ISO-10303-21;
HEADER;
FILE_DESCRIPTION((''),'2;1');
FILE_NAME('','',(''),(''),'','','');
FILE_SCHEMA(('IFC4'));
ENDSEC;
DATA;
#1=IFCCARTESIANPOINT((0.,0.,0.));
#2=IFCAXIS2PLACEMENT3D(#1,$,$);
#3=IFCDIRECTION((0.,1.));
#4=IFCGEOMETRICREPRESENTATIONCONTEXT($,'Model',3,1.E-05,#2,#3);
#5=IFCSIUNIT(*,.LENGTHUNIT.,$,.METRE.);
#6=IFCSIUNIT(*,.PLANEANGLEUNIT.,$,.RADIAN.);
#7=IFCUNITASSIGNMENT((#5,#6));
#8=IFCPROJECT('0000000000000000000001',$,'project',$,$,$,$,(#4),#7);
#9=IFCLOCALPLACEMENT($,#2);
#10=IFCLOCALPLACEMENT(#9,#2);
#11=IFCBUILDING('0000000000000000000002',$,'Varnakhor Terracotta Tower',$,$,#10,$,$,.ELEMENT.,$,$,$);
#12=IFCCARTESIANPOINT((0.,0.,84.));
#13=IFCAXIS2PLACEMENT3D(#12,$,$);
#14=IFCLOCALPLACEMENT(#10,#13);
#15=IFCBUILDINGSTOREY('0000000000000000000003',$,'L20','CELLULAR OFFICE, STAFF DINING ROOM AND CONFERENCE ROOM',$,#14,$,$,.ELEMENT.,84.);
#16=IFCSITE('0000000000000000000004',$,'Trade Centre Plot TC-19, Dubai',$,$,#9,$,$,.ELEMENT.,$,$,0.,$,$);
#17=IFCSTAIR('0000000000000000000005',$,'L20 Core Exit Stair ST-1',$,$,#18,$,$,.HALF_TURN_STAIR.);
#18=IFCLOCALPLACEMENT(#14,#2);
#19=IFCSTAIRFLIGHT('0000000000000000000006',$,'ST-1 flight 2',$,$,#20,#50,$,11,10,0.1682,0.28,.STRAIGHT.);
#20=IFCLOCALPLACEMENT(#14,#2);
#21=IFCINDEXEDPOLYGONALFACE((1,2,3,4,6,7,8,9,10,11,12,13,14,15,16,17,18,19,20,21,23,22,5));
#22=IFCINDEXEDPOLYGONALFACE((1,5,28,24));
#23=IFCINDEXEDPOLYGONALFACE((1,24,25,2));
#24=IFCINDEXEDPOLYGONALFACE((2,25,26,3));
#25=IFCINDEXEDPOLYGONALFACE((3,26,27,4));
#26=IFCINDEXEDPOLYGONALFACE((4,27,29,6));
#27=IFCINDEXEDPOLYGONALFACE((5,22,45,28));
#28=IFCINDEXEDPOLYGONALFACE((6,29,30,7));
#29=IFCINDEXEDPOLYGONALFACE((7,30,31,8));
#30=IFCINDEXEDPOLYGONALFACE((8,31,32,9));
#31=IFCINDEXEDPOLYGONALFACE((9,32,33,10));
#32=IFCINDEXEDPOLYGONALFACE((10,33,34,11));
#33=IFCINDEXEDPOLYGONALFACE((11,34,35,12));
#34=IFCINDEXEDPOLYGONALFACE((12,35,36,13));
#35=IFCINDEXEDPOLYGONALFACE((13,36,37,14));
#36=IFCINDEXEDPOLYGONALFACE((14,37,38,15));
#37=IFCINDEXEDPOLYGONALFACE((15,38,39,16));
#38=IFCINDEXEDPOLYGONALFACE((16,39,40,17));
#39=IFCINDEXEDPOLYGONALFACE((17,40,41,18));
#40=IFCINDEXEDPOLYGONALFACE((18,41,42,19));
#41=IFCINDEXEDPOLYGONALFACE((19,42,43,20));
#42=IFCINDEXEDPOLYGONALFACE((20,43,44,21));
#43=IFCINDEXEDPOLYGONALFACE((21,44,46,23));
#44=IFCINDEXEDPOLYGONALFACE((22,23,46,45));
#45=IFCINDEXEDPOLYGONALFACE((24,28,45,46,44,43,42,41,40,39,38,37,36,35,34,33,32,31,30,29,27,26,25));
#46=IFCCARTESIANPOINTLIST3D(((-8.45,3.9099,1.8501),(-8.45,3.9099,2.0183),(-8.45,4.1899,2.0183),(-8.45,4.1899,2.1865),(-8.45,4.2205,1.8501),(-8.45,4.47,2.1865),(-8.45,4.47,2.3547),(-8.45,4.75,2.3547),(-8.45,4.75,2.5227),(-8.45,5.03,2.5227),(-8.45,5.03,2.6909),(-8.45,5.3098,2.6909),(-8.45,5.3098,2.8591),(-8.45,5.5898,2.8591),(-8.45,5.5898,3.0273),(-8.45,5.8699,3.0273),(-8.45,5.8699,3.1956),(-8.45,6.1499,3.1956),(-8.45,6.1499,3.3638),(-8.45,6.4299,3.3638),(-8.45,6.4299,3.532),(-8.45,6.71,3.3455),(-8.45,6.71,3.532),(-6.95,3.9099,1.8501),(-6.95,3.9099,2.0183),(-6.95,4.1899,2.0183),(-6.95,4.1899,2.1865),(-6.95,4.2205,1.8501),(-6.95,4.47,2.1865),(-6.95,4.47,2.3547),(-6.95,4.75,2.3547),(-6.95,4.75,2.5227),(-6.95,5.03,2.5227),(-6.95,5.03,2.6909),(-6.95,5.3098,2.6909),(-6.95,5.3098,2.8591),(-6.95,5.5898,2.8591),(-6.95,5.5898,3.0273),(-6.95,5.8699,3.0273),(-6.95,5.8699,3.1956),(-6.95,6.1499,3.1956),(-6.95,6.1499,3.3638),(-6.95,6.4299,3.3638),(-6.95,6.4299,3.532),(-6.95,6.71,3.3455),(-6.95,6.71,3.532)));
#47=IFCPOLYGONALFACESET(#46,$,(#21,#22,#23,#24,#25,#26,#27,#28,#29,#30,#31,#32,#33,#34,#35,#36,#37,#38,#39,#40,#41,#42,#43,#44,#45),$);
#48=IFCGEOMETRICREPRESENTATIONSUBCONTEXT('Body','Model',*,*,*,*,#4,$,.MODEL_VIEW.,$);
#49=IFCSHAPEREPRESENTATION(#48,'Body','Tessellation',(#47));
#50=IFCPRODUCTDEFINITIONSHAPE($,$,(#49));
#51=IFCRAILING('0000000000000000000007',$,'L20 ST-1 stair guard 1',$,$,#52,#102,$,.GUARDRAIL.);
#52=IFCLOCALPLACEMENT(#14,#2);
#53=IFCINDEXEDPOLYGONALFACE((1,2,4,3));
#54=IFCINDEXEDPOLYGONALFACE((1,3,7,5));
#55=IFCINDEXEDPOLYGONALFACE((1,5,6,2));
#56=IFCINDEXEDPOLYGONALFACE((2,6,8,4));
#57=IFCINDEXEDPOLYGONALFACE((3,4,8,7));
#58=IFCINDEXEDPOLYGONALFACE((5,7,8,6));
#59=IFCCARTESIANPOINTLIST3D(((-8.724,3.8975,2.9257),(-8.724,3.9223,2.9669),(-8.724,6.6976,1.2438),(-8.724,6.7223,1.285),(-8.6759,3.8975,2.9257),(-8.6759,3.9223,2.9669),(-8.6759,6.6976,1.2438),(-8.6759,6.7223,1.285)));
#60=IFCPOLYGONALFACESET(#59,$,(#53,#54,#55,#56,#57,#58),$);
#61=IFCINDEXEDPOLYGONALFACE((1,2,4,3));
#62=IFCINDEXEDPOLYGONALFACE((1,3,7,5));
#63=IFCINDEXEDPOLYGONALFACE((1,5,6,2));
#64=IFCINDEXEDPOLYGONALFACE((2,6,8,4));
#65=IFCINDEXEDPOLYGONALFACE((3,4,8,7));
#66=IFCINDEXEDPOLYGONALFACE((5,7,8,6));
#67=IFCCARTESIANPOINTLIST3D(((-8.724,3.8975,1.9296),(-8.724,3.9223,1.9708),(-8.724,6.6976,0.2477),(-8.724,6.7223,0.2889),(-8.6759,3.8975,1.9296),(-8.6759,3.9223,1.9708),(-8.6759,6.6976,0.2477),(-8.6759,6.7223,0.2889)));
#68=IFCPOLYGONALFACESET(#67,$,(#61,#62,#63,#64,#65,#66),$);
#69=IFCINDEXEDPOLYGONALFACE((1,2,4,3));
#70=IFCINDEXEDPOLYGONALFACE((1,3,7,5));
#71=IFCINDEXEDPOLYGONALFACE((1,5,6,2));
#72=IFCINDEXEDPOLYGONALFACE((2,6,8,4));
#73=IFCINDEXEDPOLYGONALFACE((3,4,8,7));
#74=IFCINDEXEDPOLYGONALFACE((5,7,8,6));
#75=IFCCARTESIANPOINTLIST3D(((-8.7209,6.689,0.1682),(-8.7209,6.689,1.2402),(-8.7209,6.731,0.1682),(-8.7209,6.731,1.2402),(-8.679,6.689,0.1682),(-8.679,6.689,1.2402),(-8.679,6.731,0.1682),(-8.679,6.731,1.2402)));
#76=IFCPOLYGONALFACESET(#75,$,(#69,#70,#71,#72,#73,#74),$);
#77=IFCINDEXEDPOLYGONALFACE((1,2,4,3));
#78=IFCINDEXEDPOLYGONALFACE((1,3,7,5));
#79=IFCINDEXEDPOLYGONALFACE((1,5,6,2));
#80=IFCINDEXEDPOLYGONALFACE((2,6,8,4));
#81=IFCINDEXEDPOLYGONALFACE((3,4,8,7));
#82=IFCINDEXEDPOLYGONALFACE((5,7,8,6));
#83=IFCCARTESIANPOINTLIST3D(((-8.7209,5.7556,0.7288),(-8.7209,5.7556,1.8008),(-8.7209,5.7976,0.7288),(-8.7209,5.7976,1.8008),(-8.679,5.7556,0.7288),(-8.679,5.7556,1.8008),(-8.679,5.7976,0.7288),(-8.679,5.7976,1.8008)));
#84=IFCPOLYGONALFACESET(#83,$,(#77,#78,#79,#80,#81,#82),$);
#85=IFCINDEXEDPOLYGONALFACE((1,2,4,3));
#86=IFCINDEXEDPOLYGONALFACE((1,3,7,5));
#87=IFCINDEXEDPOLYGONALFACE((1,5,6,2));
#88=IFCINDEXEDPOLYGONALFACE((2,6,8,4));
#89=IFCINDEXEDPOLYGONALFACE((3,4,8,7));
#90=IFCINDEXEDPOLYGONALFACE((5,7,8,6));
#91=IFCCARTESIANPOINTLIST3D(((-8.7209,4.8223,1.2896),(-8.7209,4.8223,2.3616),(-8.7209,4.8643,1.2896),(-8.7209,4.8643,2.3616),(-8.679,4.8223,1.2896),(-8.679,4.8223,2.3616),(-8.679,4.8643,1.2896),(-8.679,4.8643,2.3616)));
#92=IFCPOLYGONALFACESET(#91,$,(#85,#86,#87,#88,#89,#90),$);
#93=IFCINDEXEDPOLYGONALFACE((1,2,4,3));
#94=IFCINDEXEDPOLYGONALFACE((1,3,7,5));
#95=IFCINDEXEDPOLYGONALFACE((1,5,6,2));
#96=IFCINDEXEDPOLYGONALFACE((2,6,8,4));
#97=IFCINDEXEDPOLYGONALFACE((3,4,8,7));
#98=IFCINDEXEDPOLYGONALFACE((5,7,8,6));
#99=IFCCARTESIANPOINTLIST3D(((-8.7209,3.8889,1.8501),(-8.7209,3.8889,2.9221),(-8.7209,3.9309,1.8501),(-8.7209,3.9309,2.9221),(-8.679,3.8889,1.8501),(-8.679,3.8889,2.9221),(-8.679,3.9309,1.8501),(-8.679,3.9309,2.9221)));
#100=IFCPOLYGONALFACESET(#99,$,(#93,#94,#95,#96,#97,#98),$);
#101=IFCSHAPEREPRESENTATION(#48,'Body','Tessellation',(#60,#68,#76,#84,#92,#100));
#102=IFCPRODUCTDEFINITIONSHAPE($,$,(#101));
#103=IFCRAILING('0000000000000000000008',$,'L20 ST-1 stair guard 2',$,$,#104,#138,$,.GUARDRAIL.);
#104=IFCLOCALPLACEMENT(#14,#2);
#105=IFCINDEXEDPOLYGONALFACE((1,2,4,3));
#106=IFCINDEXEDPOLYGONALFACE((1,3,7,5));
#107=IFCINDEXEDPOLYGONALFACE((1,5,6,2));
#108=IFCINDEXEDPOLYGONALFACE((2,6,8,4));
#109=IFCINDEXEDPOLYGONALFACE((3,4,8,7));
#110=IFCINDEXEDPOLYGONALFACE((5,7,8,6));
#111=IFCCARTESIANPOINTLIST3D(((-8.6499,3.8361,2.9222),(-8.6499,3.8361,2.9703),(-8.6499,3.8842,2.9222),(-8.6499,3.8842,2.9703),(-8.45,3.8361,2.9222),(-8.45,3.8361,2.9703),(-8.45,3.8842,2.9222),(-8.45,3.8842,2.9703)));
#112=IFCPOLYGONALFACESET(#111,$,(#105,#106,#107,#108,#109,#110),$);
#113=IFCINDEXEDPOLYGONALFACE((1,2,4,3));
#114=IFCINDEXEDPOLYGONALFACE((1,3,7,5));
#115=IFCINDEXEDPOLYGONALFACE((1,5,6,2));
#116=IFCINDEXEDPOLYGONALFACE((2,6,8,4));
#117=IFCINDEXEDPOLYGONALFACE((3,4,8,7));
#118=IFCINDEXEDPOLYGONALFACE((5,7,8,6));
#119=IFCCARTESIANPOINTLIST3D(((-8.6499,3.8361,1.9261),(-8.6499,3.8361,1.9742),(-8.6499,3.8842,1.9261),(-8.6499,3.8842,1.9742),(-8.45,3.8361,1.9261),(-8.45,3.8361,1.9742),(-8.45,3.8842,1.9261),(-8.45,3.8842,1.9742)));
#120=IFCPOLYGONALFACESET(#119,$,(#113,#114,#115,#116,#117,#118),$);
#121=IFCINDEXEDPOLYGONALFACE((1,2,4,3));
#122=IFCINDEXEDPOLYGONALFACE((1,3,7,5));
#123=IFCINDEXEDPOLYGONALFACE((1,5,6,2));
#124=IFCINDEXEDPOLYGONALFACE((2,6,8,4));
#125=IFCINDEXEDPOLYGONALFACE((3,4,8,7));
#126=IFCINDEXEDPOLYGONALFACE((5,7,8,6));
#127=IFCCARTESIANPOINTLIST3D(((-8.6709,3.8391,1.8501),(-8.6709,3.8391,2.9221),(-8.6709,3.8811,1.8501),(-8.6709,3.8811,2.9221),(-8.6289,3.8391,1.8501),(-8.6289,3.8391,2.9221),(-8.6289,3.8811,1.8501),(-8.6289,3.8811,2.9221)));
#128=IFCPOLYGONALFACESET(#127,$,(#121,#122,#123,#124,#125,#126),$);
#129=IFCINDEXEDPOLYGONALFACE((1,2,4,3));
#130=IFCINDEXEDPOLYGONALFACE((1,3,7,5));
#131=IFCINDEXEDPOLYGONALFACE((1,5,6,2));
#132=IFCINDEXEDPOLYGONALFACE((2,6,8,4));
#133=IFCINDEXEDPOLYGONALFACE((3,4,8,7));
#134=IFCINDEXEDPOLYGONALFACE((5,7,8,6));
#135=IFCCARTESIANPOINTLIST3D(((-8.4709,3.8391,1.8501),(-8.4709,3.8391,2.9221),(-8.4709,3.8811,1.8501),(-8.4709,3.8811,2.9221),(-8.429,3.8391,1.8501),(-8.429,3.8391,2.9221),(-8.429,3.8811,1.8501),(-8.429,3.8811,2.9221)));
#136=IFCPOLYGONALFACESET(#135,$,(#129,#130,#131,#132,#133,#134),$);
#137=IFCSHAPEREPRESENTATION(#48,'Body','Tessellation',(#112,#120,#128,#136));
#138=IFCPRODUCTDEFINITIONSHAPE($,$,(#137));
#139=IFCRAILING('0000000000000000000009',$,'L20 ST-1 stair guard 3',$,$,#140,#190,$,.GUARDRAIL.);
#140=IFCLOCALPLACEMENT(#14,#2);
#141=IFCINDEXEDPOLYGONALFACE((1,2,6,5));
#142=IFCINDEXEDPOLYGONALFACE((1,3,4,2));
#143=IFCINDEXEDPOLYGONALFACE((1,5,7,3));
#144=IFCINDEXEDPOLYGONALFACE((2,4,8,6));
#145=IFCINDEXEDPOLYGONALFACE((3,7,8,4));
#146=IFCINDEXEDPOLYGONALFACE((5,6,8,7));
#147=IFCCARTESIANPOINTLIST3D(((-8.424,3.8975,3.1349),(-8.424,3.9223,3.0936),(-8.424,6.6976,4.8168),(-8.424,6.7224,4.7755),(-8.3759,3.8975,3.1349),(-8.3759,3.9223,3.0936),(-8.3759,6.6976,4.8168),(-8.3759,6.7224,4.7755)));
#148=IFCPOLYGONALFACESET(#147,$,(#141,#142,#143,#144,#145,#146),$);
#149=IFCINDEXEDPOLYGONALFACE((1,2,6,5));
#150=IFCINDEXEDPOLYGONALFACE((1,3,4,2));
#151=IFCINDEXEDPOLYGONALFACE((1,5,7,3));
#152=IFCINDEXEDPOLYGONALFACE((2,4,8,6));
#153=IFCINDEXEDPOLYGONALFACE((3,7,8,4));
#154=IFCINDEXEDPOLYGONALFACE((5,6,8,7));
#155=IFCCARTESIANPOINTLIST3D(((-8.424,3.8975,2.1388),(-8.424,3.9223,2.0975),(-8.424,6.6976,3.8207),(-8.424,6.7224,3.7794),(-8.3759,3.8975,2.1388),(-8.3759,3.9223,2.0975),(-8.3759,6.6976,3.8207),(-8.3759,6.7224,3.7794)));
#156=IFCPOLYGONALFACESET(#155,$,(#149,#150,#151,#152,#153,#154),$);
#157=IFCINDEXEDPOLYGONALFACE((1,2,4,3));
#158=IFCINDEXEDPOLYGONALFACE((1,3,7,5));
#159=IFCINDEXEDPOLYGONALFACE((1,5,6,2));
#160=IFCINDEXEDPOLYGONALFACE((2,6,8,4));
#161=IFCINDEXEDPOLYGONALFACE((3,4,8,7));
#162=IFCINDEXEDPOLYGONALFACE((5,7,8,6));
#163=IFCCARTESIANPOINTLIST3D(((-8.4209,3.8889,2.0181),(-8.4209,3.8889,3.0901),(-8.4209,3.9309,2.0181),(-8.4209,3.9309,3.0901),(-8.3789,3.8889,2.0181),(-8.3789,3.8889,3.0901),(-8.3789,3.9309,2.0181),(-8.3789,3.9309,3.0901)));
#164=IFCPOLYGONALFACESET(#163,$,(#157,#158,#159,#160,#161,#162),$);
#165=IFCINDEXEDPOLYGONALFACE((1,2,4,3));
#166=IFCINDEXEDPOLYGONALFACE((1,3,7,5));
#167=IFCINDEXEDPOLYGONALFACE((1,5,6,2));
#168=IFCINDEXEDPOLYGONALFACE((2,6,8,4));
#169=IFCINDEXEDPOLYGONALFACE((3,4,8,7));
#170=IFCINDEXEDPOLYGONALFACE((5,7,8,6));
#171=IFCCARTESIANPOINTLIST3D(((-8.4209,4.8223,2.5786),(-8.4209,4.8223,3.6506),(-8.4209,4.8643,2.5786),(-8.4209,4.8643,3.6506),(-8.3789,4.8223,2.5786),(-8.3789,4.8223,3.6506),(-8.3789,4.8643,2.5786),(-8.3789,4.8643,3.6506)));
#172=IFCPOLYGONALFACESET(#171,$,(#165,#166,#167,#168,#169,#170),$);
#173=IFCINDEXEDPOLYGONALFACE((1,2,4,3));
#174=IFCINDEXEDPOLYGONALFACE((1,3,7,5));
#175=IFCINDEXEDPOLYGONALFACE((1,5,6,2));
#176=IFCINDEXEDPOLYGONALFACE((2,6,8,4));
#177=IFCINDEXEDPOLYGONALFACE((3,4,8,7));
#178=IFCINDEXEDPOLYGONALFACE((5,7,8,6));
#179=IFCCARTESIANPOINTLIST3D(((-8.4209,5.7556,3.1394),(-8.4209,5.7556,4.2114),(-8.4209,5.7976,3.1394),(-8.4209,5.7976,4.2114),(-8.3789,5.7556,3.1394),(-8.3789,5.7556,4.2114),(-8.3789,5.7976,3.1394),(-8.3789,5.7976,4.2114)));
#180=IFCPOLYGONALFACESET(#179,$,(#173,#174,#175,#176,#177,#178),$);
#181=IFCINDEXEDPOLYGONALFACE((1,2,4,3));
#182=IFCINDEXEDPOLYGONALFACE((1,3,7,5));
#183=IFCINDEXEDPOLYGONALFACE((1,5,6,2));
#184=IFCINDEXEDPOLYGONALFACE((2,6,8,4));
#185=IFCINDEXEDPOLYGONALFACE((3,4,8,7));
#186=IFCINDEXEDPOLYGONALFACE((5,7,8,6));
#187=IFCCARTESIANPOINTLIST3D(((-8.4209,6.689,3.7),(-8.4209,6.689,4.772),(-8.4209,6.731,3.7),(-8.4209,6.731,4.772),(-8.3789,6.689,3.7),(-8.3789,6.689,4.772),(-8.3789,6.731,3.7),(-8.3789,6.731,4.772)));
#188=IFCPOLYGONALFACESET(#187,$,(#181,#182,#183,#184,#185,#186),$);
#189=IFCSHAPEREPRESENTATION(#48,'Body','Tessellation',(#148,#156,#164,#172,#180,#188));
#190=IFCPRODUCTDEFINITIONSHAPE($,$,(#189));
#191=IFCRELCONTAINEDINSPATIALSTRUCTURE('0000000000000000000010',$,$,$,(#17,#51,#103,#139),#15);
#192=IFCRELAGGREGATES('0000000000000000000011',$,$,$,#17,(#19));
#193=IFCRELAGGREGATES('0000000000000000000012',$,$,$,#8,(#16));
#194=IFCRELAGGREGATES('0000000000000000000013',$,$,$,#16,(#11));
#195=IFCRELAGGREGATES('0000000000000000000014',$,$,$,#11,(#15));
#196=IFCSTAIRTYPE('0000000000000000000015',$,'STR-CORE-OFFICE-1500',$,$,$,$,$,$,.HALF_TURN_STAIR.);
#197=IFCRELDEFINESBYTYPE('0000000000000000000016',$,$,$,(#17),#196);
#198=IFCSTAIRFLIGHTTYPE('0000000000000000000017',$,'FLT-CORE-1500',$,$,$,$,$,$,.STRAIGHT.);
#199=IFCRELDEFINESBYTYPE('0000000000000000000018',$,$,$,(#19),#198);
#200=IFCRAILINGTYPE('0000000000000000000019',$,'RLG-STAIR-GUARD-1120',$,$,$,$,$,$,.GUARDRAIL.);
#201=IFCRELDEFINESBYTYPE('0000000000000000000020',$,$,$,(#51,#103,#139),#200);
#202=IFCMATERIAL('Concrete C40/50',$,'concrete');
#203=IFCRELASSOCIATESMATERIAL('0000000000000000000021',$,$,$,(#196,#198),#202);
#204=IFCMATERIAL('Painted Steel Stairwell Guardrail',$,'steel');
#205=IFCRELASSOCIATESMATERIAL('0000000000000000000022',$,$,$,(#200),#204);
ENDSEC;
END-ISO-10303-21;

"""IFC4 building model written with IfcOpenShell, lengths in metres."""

from ifc_helpers import new_model, si_unit, direction, frame, origin, origin_2d, place, context, subcontext, project, spatial, polyline, rectangle, outline, extrude, material, type_object, element, aggregate, save


model = new_model("IFC4")

# Units and contexts
model_context = context("Model", 3, precision=1e-05, world=origin(), true_north=direction((0.0, 1.0)))
body_context = subcontext(model_context, "Body", "Model", "MODEL_VIEW")
ifc_project = project(units=[si_unit("LENGTHUNIT", "METRE"), si_unit("PLANEANGLEUNIT", "RADIAN")], contexts=[model_context])

# Site, building, storey
site_placement = place(None, origin())
site = spatial("IfcSite", under=ifc_project, at=site_placement, Name="Trade Centre Plot TC-19, Dubai", CompositionType="ELEMENT", RefElevation=0.0)
building_placement = place(site_placement, origin())
building = spatial("IfcBuilding", under=site, at=building_placement, Name="Varnakhor Terracotta Tower", CompositionType="ELEMENT")
storey_placement = place(building_placement, frame((0.0, 0.0, 84.0)))
storey = spatial("IfcBuildingStorey", under=building, at=storey_placement, Name="L20", Description="CELLULAR OFFICE, STAFF DINING ROOM AND CONFERENCE ROOM", CompositionType="ELEMENT", Elevation=84.0)

# Shared definitions
ifc_material_1 = material(Name="Concrete C40/50", Category="concrete")

# Stair, stair flight
stair_type = type_object("IfcStairType", Name="STR-CORE-OFFICE-1500", PredefinedType="HALF_TURN_STAIR", material=ifc_material_1)
stair_placement = place(storey_placement, origin())
stair = element("IfcStair", 1, at=stair_placement, inside=storey, type_object=stair_type, Name="L20 Core Exit Stair ST-1", PredefinedType="HALF_TURN_STAIR")
stair_flight_type = type_object("IfcStairFlightType", Name="FLT-CORE-1500", PredefinedType="STRAIGHT", material=ifc_material_1)
stair_flight_1_placement = place(storey_placement, frame((-7.7, 3.9099, 1.8501), z_axis=(0.0, 0.0, 1.0), x_axis=(0.0, 1.0, 0.0)))
stair_flight_1 = element("IfcStairFlight", 2, at=stair_flight_1_placement, type_object=stair_flight_type, Name="ST-1 flight 2", NumberOfRisers=11, NumberOfTreads=10, PredefinedType="STRAIGHT", RiserHeight=0.1682, TreadLength=0.28, context=body_context, shape_type="SweptSolid", body=[
    extrude(outline(polyline([(0.0, 0.0), (0.0, 0.1682), (0.28, 0.1682), (0.28, 0.3364), (0.5601, 0.3364), (0.5601, 0.5046), (0.8401, 0.5046), (0.8401, 0.6726), (1.1201, 0.6726), (1.1201, 0.8408), (1.3999, 0.8408), (1.3999, 1.009), (1.6799, 1.009), (1.6799, 1.1772), (1.96, 1.1772), (1.96, 1.3455), (2.24, 1.3455), (2.24, 1.5137), (2.52, 1.5137), (2.52, 1.6819), (2.8, 1.6819), (2.8, 1.8501), (2.8, 1.4954), (0.3105, 0.0), (0.0, 0.0)])), frame((0.0, 0.75, 0.0), z_axis=(0.0, -1.0, 0.0), x_axis=(1.0, 0.0, 0.0)), (0.0, 0.0, 1.0), 1.5),
])
aggregate(stair, [stair_flight_1])

# Railings
ifc_material_2 = material(Name="Painted Steel Stairwell Guardrail", Category="steel")
railing_type_1 = type_object("IfcRailingType", Name="RLG-STAIR-GUARD-1120", PredefinedType="GUARDRAIL", material=ifc_material_2)
railing_1_placement = place(storey_placement, frame((-8.7, 6.71, 0.1682)))
element("IfcRailing", 3, at=railing_1_placement, inside=storey, type_object=railing_type_1, Name="L20 ST-1 stair guard 1", PredefinedType="GUARDRAIL", context=body_context, shape_type="SweptSolid", body=[
    extrude(rectangle(XDim=0.0481, YDim=0.0481, at=origin_2d()), frame((0.0, 0.0, 1.0962), z_axis=(0.0, -0.857242, 0.514913), x_axis=(1.0, 0.0, 0.0)), (0.0, 0.0, 1.0), 3.2664),
    extrude(rectangle(XDim=0.0481, YDim=0.0481, at=origin_2d()), frame((0.0, 0.0, 0.1001), z_axis=(0.0, -0.857242, 0.514913), x_axis=(1.0, 0.0, 0.0)), (0.0, 0.0, 1.0), 3.2664),
    extrude(rectangle(XDim=0.042, YDim=0.042, at=origin_2d()), origin(), (0.0, 0.0, 1.0), 1.072),
    extrude(rectangle(XDim=0.042, YDim=0.042, at=origin_2d()), frame((0.0, -0.9333, 0.5605)), (0.0, 0.0, 1.0), 1.072),
    extrude(rectangle(XDim=0.042, YDim=0.042, at=origin_2d()), frame((0.0, -1.8667, 1.1213)), (0.0, 0.0, 1.0), 1.072),
    extrude(rectangle(XDim=0.042, YDim=0.042, at=origin_2d()), frame((0.0, -2.8, 1.6819)), (0.0, 0.0, 1.0), 1.072),
])
railing_2_placement = place(storey_placement, frame((-8.6499, 3.8601, 1.8501)))
element("IfcRailing", 4, at=railing_2_placement, inside=storey, type_object=railing_type_1, Name="L20 ST-1 stair guard 2", PredefinedType="GUARDRAIL", context=body_context, shape_type="SweptSolid", body=[
    extrude(rectangle(XDim=0.0481, YDim=0.0481, at=origin_2d()), frame((0.0, 0.0, 1.0962), z_axis=(1.0, 0.0, 0.0), x_axis=(0.0, 1.0, 0.0)), (0.0, 0.0, 1.0), 0.2),
    extrude(rectangle(XDim=0.0481, YDim=0.0481, at=origin_2d()), frame((0.0, 0.0, 0.1001), z_axis=(1.0, 0.0, 0.0), x_axis=(0.0, 1.0, 0.0)), (0.0, 0.0, 1.0), 0.2),
    extrude(rectangle(XDim=0.042, YDim=0.042, at=origin_2d()), origin(), (0.0, 0.0, 1.0), 1.072),
    extrude(rectangle(XDim=0.042, YDim=0.042, at=origin_2d()), frame((0.2, 0.0, 0.0)), (0.0, 0.0, 1.0), 1.072),
])
railing_3_placement = place(storey_placement, frame((-8.3999, 3.9099, 2.0181)))
element("IfcRailing", 5, at=railing_3_placement, inside=storey, type_object=railing_type_1, Name="L20 ST-1 stair guard 3", PredefinedType="GUARDRAIL", context=body_context, shape_type="SweptSolid", body=[
    extrude(rectangle(XDim=0.0481, YDim=0.0481, at=origin_2d()), frame((0.0, 0.0, 1.0962), z_axis=(0.0, 0.857242, 0.514913), x_axis=(-1.0, 0.0, 0.0)), (0.0, 0.0, 1.0), 3.2664),
    extrude(rectangle(XDim=0.0481, YDim=0.0481, at=origin_2d()), frame((0.0, 0.0, 0.1001), z_axis=(0.0, 0.857242, 0.514913), x_axis=(-1.0, 0.0, 0.0)), (0.0, 0.0, 1.0), 3.2664),
    extrude(rectangle(XDim=0.042, YDim=0.042, at=origin_2d()), origin(), (0.0, 0.0, 1.0), 1.072),
    extrude(rectangle(XDim=0.042, YDim=0.042, at=origin_2d()), frame((0.0, 0.9333, 0.5605)), (0.0, 0.0, 1.0), 1.072),
    extrude(rectangle(XDim=0.042, YDim=0.042, at=origin_2d()), frame((0.0, 1.8667, 1.1213)), (0.0, 0.0, 1.0), 1.072),
    extrude(rectangle(XDim=0.042, YDim=0.042, at=origin_2d()), frame((0.0, 2.8, 1.6819)), (0.0, 0.0, 1.0), 1.072),
])

save(model, "model.ifc")
